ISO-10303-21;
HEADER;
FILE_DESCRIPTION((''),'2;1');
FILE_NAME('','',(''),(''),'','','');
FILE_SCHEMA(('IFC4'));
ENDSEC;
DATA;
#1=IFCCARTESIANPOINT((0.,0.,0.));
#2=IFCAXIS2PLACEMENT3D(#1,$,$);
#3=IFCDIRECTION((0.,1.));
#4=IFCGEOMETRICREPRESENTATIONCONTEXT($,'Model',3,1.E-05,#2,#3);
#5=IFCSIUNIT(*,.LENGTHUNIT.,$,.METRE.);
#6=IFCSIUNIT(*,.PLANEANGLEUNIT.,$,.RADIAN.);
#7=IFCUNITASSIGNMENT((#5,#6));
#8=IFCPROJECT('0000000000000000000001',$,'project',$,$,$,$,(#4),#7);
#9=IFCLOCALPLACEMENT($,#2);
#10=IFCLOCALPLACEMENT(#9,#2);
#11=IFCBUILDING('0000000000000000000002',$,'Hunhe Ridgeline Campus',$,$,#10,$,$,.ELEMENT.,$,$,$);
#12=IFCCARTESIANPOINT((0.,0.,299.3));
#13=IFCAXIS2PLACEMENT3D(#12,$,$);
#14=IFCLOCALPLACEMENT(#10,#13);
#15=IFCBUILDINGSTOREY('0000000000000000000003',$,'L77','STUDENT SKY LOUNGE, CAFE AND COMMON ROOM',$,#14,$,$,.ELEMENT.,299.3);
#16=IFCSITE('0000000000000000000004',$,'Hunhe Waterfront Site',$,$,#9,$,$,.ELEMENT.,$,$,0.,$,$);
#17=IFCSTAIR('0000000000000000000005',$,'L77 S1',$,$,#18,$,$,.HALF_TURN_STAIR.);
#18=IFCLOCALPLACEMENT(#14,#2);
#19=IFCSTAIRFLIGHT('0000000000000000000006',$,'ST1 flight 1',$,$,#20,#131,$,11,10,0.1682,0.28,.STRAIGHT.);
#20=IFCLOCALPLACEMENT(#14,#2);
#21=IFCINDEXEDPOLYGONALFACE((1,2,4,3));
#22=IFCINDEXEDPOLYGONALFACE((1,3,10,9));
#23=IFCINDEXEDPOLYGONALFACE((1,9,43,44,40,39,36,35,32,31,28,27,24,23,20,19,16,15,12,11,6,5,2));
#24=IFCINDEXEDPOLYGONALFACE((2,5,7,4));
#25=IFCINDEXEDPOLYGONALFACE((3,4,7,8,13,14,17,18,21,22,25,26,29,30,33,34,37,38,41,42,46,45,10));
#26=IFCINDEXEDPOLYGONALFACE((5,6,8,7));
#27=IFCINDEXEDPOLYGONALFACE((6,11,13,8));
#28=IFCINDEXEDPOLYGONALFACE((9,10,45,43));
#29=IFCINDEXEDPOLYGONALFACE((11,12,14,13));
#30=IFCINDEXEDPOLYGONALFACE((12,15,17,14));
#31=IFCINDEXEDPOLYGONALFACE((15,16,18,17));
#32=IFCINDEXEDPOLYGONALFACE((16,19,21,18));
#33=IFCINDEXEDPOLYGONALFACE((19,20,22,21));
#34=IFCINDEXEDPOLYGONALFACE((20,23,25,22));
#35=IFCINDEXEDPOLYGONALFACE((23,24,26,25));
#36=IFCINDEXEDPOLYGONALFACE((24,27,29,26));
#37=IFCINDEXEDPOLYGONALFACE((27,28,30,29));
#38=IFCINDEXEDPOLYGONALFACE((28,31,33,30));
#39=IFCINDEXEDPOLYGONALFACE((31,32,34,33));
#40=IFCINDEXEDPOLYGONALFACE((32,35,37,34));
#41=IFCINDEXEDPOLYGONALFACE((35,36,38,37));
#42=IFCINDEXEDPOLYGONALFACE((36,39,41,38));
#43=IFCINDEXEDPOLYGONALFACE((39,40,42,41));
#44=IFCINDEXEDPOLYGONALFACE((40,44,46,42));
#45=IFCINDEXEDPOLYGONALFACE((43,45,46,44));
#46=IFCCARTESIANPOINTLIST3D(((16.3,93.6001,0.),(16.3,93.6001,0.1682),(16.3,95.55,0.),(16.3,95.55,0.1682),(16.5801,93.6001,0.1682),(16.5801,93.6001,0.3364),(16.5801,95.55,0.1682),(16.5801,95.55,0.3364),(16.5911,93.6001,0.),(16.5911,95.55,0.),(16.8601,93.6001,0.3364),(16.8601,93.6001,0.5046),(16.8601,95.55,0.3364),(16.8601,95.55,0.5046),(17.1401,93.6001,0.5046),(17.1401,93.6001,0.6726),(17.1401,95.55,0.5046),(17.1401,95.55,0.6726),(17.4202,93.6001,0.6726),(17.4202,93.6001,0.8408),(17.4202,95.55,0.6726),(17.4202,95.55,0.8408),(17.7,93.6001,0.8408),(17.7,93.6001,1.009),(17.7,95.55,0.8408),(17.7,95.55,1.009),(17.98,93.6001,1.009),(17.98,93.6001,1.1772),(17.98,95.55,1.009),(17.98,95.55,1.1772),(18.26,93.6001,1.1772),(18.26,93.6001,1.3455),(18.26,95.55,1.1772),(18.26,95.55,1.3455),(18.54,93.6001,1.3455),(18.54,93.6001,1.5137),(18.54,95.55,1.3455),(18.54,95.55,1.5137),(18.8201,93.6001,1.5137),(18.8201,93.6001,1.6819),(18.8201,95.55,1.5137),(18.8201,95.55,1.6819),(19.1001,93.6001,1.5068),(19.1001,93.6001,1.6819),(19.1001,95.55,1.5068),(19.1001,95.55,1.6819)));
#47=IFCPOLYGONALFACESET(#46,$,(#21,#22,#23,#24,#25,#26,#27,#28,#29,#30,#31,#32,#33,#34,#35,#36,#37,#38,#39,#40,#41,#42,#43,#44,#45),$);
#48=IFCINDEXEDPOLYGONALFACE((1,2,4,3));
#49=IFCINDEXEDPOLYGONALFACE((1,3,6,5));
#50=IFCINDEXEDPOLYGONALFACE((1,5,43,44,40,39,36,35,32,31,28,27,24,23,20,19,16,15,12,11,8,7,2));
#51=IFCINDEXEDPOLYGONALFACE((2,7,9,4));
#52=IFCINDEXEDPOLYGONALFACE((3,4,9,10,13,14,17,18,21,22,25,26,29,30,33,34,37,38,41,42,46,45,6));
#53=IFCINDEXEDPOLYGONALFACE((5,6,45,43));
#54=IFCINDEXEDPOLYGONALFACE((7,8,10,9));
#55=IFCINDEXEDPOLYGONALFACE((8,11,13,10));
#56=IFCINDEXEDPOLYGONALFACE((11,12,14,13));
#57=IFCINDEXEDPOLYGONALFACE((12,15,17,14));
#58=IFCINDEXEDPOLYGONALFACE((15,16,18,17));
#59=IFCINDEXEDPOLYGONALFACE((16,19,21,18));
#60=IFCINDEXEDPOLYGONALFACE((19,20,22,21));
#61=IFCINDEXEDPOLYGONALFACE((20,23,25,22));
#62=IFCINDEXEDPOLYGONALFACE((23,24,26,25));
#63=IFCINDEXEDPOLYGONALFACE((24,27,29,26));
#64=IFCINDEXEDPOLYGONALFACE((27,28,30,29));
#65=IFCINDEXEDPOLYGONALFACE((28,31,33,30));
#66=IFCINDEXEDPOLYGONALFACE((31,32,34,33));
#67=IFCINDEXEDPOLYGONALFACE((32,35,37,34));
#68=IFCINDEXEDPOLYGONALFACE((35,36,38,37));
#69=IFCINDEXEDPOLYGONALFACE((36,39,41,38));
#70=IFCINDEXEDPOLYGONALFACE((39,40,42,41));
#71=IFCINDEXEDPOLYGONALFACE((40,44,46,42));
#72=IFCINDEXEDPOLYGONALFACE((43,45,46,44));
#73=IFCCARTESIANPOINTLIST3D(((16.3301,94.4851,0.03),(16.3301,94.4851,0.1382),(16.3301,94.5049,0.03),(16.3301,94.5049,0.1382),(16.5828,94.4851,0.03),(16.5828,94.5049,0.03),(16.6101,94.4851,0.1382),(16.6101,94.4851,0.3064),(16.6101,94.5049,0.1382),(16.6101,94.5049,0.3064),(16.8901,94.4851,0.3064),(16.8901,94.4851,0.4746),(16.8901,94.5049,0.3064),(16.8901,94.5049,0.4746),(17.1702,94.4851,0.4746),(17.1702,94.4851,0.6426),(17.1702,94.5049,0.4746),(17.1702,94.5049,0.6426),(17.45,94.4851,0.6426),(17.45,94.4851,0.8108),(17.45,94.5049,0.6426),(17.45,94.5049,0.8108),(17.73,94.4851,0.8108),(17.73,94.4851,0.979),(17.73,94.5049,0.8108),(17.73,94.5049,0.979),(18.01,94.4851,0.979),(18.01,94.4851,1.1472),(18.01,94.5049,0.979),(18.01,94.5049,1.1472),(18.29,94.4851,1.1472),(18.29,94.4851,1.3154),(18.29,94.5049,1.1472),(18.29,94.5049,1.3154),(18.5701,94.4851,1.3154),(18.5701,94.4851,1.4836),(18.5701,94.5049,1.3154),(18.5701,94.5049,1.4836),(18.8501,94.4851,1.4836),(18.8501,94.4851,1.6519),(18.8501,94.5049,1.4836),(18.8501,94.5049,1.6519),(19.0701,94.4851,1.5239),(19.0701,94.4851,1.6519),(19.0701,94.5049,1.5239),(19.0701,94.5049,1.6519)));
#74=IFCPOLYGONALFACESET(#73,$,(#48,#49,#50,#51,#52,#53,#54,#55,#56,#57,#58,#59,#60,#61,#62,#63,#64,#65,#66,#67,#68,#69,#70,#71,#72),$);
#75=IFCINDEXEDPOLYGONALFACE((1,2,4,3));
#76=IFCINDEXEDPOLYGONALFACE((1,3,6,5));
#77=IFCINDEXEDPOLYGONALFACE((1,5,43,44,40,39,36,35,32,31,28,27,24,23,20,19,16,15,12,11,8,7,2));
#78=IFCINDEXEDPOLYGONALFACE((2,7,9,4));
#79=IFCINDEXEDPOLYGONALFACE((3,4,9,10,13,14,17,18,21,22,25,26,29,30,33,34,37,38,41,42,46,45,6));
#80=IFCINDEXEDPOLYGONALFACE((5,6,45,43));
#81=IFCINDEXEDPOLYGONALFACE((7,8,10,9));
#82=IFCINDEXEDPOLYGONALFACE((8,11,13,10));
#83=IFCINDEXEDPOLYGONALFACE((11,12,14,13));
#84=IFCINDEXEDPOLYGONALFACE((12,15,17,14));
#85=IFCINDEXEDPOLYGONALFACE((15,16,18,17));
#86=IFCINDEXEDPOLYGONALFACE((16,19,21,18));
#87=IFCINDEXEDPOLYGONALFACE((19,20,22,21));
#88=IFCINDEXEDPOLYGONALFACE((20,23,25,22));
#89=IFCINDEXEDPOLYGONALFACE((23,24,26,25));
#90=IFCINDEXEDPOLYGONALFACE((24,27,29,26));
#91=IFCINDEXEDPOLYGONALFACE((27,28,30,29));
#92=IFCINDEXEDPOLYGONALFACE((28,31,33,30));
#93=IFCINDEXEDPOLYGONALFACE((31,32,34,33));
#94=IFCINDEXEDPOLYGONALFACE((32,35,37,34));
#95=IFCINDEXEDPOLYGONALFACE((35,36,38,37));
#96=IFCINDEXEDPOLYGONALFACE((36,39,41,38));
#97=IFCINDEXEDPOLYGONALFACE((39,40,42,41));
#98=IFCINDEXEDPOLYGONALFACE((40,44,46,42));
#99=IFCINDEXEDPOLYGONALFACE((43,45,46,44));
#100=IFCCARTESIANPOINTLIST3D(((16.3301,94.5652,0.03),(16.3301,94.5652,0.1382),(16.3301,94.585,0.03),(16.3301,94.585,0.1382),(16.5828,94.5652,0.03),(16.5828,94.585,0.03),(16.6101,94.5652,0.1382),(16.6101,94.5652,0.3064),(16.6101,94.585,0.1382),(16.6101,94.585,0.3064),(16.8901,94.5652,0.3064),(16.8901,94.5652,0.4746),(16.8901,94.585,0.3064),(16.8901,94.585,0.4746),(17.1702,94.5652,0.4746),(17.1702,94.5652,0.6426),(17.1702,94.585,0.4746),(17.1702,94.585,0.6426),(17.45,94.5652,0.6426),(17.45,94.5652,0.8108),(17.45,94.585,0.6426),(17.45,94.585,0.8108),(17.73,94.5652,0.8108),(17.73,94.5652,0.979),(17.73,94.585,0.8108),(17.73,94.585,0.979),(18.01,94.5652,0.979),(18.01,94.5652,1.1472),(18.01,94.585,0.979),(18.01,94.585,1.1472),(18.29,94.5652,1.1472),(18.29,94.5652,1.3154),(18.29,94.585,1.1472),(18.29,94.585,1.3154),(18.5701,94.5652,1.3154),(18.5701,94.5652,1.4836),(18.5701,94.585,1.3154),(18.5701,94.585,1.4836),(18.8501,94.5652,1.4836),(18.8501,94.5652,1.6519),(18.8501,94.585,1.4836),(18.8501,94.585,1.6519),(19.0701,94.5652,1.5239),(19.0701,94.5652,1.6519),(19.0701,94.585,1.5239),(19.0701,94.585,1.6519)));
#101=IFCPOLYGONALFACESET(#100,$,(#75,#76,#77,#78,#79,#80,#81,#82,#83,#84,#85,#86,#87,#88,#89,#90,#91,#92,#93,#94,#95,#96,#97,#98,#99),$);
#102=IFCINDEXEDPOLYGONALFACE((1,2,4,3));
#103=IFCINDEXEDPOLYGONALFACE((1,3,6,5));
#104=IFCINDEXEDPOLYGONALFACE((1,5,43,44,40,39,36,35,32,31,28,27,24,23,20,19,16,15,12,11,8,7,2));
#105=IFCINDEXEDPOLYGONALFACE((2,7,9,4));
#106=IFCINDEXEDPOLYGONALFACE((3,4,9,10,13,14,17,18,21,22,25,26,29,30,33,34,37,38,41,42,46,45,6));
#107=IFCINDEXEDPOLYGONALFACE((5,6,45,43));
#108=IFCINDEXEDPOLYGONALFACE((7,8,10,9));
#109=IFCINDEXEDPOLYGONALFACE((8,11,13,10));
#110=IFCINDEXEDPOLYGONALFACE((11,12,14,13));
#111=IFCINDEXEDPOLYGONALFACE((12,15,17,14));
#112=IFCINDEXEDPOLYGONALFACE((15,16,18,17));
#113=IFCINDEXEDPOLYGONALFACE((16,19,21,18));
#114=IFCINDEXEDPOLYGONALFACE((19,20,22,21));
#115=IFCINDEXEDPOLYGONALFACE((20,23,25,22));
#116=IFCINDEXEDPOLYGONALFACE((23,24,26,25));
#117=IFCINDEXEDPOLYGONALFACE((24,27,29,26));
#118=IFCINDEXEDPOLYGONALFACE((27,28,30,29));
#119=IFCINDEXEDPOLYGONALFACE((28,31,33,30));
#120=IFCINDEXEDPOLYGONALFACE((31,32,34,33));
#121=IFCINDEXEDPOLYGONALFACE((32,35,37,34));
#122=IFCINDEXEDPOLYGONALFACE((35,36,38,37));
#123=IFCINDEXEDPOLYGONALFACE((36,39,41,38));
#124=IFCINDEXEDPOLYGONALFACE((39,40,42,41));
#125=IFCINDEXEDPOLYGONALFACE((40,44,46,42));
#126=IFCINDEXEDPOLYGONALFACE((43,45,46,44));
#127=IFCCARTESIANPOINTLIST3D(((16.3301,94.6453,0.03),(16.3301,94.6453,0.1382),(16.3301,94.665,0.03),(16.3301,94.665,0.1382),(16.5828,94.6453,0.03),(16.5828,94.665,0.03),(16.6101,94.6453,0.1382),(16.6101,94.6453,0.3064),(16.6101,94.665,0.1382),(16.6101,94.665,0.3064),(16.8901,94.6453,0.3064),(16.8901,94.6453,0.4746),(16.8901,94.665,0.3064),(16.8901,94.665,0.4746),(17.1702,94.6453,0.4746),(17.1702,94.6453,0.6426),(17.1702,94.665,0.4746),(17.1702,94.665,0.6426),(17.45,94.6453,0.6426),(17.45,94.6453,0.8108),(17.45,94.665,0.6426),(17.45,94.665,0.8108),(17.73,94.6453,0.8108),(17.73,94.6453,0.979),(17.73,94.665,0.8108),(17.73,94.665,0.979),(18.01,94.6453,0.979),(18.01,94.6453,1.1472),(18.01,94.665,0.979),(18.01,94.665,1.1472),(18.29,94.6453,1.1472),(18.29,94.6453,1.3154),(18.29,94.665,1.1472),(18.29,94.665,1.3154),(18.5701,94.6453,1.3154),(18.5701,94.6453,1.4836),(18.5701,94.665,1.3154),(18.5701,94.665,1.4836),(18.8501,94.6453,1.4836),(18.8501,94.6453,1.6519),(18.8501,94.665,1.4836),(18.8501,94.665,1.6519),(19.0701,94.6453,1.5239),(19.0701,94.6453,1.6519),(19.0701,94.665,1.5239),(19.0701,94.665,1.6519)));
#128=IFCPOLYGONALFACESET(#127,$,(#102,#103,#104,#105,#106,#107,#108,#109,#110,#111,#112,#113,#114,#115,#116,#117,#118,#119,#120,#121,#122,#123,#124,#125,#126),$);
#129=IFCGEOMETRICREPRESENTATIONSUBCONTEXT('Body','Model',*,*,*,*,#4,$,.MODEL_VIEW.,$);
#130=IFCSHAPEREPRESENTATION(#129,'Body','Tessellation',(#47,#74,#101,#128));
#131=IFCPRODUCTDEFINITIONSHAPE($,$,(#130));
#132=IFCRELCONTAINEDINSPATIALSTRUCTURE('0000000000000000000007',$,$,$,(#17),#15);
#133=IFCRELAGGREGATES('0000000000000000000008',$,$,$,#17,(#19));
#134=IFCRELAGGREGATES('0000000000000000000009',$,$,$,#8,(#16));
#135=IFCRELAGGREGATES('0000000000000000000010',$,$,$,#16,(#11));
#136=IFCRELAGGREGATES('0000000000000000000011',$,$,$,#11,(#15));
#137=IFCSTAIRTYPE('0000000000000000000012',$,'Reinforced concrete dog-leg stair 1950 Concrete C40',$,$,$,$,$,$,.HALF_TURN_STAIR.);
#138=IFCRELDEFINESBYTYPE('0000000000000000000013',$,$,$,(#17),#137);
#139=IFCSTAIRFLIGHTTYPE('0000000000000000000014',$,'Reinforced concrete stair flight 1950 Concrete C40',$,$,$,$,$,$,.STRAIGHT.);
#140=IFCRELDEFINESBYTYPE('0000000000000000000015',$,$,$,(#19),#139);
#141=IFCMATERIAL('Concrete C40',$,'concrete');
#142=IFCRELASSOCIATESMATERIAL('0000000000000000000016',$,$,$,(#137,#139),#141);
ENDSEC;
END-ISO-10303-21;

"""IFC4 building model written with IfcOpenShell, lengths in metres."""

from ifc_helpers import new_model, si_unit, direction, frame, origin, place, context, subcontext, project, spatial, polyline, outline, extrude, material, type_object, element, aggregate, save


model = new_model("IFC4")

# Units and contexts
model_context = context("Model", 3, precision=1e-05, world=origin(), true_north=direction((0.0, 1.0)))
body_context = subcontext(model_context, "Body", "Model", "MODEL_VIEW")
ifc_project = project(units=[si_unit("LENGTHUNIT", "METRE"), si_unit("PLANEANGLEUNIT", "RADIAN")], contexts=[model_context])

# Site, building, storey
site_placement = place(None, origin())
site = spatial("IfcSite", under=ifc_project, at=site_placement, Name="Hunhe Waterfront Site", CompositionType="ELEMENT", RefElevation=0.0)
building_placement = place(site_placement, origin())
building = spatial("IfcBuilding", under=site, at=building_placement, Name="Hunhe Ridgeline Campus", CompositionType="ELEMENT")
storey_placement = place(building_placement, frame((0.0, 0.0, 299.3)))
storey = spatial("IfcBuildingStorey", under=building, at=storey_placement, Name="L77", Description="STUDENT SKY LOUNGE, CAFE AND COMMON ROOM", CompositionType="ELEMENT", Elevation=299.3)

# Stair, stair flight
ifc_material_1 = material(Name="Concrete C40", Category="concrete")
stair_type = type_object("IfcStairType", Name="Reinforced concrete dog-leg stair 1950 Concrete C40", PredefinedType="HALF_TURN_STAIR", material=ifc_material_1)
stair_placement = place(storey_placement, origin())
stair = element("IfcStair", 1, at=stair_placement, inside=storey, type_object=stair_type, Name="L77 S1", PredefinedType="HALF_TURN_STAIR")
stair_flight_type = type_object("IfcStairFlightType", Name="Reinforced concrete stair flight 1950 Concrete C40", PredefinedType="STRAIGHT", material=ifc_material_1)
stair_flight_1_placement = place(storey_placement, frame((16.3, 94.575, 0.0), z_axis=(0.0, 0.0, 1.0), x_axis=(1.0, 0.0, 0.0)))
stair_flight_1 = element("IfcStairFlight", 2, at=stair_flight_1_placement, type_object=stair_flight_type, Name="ST1 flight 1", NumberOfRisers=11, NumberOfTreads=10, PredefinedType="STRAIGHT", RiserHeight=0.1682, TreadLength=0.28, context=body_context, shape_type="SweptSolid", body=[
    extrude(outline(polyline([(0.0, 0.0), (0.0, 0.1682), (0.28, 0.1682), (0.28, 0.3364), (0.5601, 0.3364), (0.5601, 0.5046), (0.8401, 0.5046), (0.8401, 0.6726), (1.1201, 0.6726), (1.1201, 0.8408), (1.3999, 0.8408), (1.3999, 1.009), (1.6799, 1.009), (1.6799, 1.1772), (1.96, 1.1772), (1.96, 1.3455), (2.24, 1.3455), (2.24, 1.5137), (2.52, 1.5137), (2.52, 1.6819), (2.8, 1.6819), (2.8, 1.8501), (2.8, 1.5068), (0.291, 0.0), (0.0, 0.0)])), frame((0.0, 0.9751, 0.0), z_axis=(0.0, -1.0, 0.0), x_axis=(1.0, 0.0, 0.0)), (0.0, 0.0, 1.0), 1.95),
    extrude(outline(polyline([(0.03, 0.03), (0.03, 0.1382), (0.3101, 0.1382), (0.3101, 0.3064), (0.5901, 0.3064), (0.5901, 0.4746), (0.8701, 0.4746), (0.8701, 0.6426), (1.1499, 0.6426), (1.1499, 0.8108), (1.4299, 0.8108), (1.4299, 0.979), (1.71, 0.979), (1.71, 1.1472), (1.99, 1.1472), (1.99, 1.3154), (2.27, 1.3154), (2.27, 1.4836), (2.55, 1.4836), (2.55, 1.6519), (2.77, 1.6519), (2.77, 1.5239), (0.2827, 0.03), (0.03, 0.03)])), frame((0.0, -0.0701, 0.0), z_axis=(0.0, -1.0, 0.0), x_axis=(1.0, 0.0, 0.0)), (0.0, 0.0, 1.0), 0.0198),
    extrude(outline(polyline([(0.03, 0.03), (0.03, 0.1382), (0.3101, 0.1382), (0.3101, 0.3064), (0.5901, 0.3064), (0.5901, 0.4746), (0.8701, 0.4746), (0.8701, 0.6426), (1.1499, 0.6426), (1.1499, 0.8108), (1.4299, 0.8108), (1.4299, 0.979), (1.71, 0.979), (1.71, 1.1472), (1.99, 1.1472), (1.99, 1.3154), (2.27, 1.3154), (2.27, 1.4836), (2.55, 1.4836), (2.55, 1.6519), (2.77, 1.6519), (2.77, 1.5239), (0.2827, 0.03), (0.03, 0.03)])), frame((0.0, 0.01, 0.0), z_axis=(0.0, -1.0, 0.0), x_axis=(1.0, 0.0, 0.0)), (0.0, 0.0, 1.0), 0.0198),
    extrude(outline(polyline([(0.03, 0.03), (0.03, 0.1382), (0.3101, 0.1382), (0.3101, 0.3064), (0.5901, 0.3064), (0.5901, 0.4746), (0.8701, 0.4746), (0.8701, 0.6426), (1.1499, 0.6426), (1.1499, 0.8108), (1.4299, 0.8108), (1.4299, 0.979), (1.71, 0.979), (1.71, 1.1472), (1.99, 1.1472), (1.99, 1.3154), (2.27, 1.3154), (2.27, 1.4836), (2.55, 1.4836), (2.55, 1.6519), (2.77, 1.6519), (2.77, 1.5239), (0.2827, 0.03), (0.03, 0.03)])), frame((0.0, 0.0901, 0.0), z_axis=(0.0, -1.0, 0.0), x_axis=(1.0, 0.0, 0.0)), (0.0, 0.0, 1.0), 0.0198),
])
aggregate(stair, [stair_flight_1])

save(model, "model.ifc")
